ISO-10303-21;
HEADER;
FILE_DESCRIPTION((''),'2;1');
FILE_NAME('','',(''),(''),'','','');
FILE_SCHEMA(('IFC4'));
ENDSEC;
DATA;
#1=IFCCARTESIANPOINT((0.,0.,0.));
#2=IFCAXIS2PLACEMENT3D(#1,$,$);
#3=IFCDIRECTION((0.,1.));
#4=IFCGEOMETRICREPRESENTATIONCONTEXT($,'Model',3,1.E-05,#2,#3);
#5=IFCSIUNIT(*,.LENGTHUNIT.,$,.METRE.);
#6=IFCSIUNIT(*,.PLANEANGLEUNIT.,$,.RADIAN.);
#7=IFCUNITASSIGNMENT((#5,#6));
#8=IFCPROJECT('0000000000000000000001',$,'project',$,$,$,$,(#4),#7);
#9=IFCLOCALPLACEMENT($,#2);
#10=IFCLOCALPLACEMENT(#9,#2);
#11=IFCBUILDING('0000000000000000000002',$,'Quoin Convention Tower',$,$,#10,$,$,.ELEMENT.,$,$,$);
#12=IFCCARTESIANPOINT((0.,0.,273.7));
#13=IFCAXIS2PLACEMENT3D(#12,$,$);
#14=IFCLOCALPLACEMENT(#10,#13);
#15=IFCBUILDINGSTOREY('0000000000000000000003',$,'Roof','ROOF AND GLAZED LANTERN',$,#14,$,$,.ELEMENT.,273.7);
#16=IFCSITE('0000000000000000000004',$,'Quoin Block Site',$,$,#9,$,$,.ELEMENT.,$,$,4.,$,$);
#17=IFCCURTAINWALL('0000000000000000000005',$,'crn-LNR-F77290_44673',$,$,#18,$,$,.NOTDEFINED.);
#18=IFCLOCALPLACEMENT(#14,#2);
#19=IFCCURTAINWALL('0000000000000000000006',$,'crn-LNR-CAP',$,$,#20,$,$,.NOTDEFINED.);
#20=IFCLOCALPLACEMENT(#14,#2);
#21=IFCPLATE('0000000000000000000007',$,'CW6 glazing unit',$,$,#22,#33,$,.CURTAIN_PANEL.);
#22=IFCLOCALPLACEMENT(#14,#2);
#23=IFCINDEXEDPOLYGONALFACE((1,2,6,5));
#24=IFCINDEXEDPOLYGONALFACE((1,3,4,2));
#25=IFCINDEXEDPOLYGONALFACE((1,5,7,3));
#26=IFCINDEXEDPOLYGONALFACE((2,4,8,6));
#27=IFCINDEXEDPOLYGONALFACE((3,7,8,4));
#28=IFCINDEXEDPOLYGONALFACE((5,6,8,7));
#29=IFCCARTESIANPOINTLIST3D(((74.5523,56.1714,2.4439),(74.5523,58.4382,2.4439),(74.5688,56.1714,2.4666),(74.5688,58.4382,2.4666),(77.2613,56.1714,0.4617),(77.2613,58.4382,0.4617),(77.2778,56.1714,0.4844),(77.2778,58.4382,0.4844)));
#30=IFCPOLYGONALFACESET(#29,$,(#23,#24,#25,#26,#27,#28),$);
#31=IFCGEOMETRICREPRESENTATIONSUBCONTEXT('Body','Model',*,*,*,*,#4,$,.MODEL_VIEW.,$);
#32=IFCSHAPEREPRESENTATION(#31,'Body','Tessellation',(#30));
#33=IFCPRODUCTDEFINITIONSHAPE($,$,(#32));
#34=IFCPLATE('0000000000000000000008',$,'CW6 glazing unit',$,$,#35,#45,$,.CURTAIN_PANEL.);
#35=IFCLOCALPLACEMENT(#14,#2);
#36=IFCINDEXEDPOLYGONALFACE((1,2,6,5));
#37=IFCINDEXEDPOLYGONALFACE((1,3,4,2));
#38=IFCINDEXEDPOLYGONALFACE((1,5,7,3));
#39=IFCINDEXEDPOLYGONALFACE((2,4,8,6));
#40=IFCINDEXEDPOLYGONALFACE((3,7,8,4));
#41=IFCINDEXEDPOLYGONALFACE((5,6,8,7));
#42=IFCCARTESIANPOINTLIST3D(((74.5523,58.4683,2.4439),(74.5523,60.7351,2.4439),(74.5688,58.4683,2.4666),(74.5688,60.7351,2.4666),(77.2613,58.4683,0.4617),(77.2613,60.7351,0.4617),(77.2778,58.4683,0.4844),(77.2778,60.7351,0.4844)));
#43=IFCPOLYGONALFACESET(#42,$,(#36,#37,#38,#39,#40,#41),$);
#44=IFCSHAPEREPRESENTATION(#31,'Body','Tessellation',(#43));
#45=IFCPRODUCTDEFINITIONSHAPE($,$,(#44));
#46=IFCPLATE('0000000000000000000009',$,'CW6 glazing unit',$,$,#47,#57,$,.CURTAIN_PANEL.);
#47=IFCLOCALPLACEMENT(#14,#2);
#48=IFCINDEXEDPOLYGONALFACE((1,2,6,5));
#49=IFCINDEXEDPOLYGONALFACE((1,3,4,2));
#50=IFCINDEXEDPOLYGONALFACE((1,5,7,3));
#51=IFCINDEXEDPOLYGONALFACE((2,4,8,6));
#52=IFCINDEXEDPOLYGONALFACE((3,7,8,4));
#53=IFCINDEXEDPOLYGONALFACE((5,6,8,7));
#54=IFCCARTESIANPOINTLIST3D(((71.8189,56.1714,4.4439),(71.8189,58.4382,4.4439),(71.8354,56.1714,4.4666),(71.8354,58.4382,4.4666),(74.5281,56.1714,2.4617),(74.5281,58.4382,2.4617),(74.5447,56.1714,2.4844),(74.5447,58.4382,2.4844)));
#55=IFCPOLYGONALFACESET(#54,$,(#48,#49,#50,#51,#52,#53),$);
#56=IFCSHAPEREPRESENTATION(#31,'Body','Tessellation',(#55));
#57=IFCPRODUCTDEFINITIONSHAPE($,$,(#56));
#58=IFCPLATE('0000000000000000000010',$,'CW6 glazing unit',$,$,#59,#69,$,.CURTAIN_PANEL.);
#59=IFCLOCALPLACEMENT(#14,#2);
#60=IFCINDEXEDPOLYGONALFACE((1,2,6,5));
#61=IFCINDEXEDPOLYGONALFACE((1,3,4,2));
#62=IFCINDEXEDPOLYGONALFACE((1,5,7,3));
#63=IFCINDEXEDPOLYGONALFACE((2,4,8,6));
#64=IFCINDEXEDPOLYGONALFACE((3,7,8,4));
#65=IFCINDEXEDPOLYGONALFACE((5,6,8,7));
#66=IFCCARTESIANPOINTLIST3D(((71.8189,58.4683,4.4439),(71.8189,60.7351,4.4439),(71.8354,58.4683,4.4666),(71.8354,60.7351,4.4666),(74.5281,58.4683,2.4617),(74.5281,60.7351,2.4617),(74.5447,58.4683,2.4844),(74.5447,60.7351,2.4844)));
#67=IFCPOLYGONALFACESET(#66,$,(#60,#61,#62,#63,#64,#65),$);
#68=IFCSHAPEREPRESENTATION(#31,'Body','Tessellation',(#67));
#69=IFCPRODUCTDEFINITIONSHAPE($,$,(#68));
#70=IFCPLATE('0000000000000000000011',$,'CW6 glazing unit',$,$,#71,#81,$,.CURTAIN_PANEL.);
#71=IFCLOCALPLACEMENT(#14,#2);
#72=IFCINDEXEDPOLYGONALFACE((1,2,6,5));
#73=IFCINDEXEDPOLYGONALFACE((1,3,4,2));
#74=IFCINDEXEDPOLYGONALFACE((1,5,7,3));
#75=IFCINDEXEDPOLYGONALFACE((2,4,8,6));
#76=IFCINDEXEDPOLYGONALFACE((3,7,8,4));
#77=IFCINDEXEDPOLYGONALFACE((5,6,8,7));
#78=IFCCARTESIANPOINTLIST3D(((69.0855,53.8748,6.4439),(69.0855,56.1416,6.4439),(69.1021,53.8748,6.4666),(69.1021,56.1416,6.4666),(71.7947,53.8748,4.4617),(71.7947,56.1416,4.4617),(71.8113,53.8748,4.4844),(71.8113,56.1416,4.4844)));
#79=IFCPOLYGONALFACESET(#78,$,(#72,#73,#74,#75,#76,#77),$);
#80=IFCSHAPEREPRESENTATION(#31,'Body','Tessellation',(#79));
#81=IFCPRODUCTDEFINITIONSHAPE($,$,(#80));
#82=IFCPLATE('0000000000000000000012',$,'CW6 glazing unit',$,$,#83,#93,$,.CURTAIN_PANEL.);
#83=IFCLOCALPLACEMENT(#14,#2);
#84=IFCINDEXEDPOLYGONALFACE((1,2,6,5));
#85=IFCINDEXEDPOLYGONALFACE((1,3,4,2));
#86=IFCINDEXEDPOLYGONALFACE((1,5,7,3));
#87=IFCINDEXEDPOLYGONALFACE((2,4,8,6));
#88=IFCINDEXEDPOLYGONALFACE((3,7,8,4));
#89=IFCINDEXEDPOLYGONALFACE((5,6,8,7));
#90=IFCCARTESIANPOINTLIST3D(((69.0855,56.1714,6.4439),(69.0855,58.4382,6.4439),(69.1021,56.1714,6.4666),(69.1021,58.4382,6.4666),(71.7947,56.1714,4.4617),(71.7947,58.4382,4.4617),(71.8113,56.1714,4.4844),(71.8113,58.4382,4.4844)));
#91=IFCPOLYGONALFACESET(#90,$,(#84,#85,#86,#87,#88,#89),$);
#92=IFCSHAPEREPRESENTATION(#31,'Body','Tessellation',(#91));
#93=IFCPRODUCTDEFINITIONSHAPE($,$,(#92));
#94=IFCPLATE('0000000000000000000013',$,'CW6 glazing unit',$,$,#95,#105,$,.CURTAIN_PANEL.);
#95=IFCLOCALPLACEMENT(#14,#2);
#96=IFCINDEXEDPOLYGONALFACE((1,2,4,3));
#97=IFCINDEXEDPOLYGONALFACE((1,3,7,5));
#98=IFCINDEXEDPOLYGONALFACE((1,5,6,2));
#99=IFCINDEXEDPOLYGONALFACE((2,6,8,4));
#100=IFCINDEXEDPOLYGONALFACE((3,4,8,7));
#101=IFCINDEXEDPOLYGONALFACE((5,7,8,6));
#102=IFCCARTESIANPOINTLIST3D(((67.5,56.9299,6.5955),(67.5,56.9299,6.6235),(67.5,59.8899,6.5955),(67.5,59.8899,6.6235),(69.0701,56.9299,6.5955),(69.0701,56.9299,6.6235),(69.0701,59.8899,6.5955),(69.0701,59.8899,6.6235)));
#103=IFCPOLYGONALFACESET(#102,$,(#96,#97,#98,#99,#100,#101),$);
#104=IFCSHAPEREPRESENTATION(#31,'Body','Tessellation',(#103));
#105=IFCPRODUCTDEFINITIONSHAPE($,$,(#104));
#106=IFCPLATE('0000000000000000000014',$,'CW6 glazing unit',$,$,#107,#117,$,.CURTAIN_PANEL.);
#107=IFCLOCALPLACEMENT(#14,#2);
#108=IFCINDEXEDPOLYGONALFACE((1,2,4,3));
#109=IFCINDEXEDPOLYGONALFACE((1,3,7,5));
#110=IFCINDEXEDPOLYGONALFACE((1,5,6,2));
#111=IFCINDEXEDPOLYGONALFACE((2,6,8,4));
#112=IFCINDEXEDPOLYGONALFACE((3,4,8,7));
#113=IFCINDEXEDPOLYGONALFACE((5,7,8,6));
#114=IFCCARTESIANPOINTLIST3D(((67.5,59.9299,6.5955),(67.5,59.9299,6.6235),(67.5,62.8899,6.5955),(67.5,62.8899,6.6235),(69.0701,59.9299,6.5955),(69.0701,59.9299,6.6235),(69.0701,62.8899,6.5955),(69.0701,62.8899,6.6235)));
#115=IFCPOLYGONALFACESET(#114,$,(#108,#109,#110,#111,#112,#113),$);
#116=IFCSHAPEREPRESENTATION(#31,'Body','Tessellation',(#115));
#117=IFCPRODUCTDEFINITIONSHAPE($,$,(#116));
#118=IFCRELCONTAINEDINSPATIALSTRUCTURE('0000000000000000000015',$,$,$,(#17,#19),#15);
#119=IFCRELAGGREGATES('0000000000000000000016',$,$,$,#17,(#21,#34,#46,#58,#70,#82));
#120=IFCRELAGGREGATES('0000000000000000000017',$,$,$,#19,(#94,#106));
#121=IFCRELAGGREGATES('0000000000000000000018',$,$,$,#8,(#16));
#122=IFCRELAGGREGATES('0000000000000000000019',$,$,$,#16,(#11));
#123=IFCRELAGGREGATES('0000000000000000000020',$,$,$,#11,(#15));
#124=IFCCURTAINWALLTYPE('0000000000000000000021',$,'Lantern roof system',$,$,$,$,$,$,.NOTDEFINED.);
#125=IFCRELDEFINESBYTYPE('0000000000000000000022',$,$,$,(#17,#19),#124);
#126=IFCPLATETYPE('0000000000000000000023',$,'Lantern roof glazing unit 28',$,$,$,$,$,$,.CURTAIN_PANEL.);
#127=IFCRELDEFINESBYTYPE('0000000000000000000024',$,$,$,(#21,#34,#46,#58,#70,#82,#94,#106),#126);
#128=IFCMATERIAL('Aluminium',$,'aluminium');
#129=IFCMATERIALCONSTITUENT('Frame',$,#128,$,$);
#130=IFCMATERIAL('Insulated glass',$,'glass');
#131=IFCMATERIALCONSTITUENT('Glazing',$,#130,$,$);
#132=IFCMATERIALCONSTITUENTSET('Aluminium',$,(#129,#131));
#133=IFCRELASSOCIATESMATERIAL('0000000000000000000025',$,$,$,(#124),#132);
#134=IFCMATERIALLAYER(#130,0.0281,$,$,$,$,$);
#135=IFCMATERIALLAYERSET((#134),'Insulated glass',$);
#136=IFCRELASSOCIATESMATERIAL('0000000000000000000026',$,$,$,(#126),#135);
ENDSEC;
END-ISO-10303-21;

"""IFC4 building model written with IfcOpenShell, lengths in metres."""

from ifc_helpers import new_model, si_unit, direction, frame, origin, place, context, subcontext, project, spatial, polyline, outline, extrude, material, layer, layer_set, constituent, constituent_set, type_object, element, aggregate, save


model = new_model("IFC4")

# Units and contexts
model_context = context("Model", 3, precision=1e-05, world=origin(), true_north=direction((0.0, 1.0)))
body_context = subcontext(model_context, "Body", "Model", "MODEL_VIEW")
ifc_project = project(units=[si_unit("LENGTHUNIT", "METRE"), si_unit("PLANEANGLEUNIT", "RADIAN")], contexts=[model_context])

# Site, building, storey
site_placement = place(None, origin())
site = spatial("IfcSite", under=ifc_project, at=site_placement, Name="Quoin Block Site", CompositionType="ELEMENT", RefElevation=4.0)
building_placement = place(site_placement, origin())
building = spatial("IfcBuilding", under=site, at=building_placement, Name="Quoin Convention Tower", CompositionType="ELEMENT")
storey_placement = place(building_placement, frame((0.0, 0.0, 273.7)))
storey = spatial("IfcBuildingStorey", under=building, at=storey_placement, Name="Roof", Description="ROOF AND GLAZED LANTERN", CompositionType="ELEMENT", Elevation=273.7)

# Curtain wall
ifc_material_1 = material(Name="Aluminium", Category="aluminium")
ifc_constituent_1 = constituent(ifc_material_1, Name="Frame")
ifc_material_2 = material(Name="Insulated glass", Category="glass")
ifc_constituent_2 = constituent(ifc_material_2, Name="Glazing")
ifc_constituent_set = constituent_set(constituents=[ifc_constituent_1, ifc_constituent_2], Name="Aluminium")
curtain_wall_type = type_object("IfcCurtainWallType", Name="Lantern roof system", PredefinedType="NOTDEFINED", material=ifc_constituent_set)
curtain_wall_1_placement = place(storey_placement, origin())
curtain_wall_1 = element("IfcCurtainWall", 1, at=curtain_wall_1_placement, inside=storey, type_object=curtain_wall_type, Name="crn-LNR-F77290_44673", PredefinedType="NOTDEFINED")

# Curtain wall
curtain_wall_2_placement = place(storey_placement, origin())
curtain_wall_2 = element("IfcCurtainWall", 2, at=curtain_wall_2_placement, inside=storey, type_object=curtain_wall_type, Name="crn-LNR-CAP", PredefinedType="NOTDEFINED")

# Plates
ifc_layer = layer(ifc_material_2, 0.0281)
ifc_layer_set = layer_set([ifc_layer], Name="Insulated glass")
plate_type = type_object("IfcPlateType", Name="Lantern roof glazing unit 28", PredefinedType="CURTAIN_PANEL", material=ifc_layer_set)
plate_1_placement = place(storey_placement, frame((74.5688, 56.1714, 2.4666), z_axis=(0.590509, 0.0, 0.807031), x_axis=(0.0, 1.0, 0.0)))
plate_1 = element("IfcPlate", 3, at=plate_1_placement, type_object=plate_type, Name="CW6 glazing unit", PredefinedType="CURTAIN_PANEL", context=body_context, shape_type="SweptSolid", body=[
    extrude(outline(polyline([(0.0, 0.0), (2.2668, 0.0), (2.2668, -3.3567), (0.0, -3.3567), (0.0, 0.0)])), origin(), (0.0, 0.0, -1.0), 0.0281),
])
plate_2_placement = place(storey_placement, frame((74.5688, 58.4683, 2.4666), z_axis=(0.590509, 0.0, 0.807031), x_axis=(0.0, 1.0, 0.0)))
plate_2 = element("IfcPlate", 4, at=plate_2_placement, type_object=plate_type, Name="CW6 glazing unit", PredefinedType="CURTAIN_PANEL", context=body_context, shape_type="SweptSolid", body=[
    extrude(outline(polyline([(0.0, 0.0), (2.2668, 0.0), (2.2668, -3.3567), (0.0, -3.3567), (0.0, 0.0)])), origin(), (0.0, 0.0, -1.0), 0.0281),
])
plate_3_placement = place(storey_placement, frame((74.5447, 56.1714, 2.4844), z_axis=(0.590474, 0.0, 0.807057), x_axis=(-0.807057, 0.0, 0.590474)))
plate_3 = element("IfcPlate", 5, at=plate_3_placement, type_object=plate_type, Name="CW6 glazing unit", PredefinedType="CURTAIN_PANEL", context=body_context, shape_type="SweptSolid", body=[
    extrude(outline(polyline([(0.0, 0.0), (3.3569, 0.0), (3.3569, -2.2668), (0.0, -2.2668), (0.0, 0.0)])), origin(), (0.0, 0.0, -1.0), 0.0281),
])
plate_4_placement = place(storey_placement, frame((74.5447, 58.4683, 2.4844), z_axis=(0.590474, 0.0, 0.807057), x_axis=(-0.807057, 0.0, 0.590474)))
plate_4 = element("IfcPlate", 6, at=plate_4_placement, type_object=plate_type, Name="CW6 glazing unit", PredefinedType="CURTAIN_PANEL", context=body_context, shape_type="SweptSolid", body=[
    extrude(outline(polyline([(0.0, 0.0), (3.3569, 0.0), (3.3569, -2.2668), (0.0, -2.2668), (0.0, 0.0)])), origin(), (0.0, 0.0, -1.0), 0.0281),
])
plate_5_placement = place(storey_placement, frame((71.8113, 56.1416, 4.4844), z_axis=(0.590474, 0.0, 0.807057), x_axis=(0.0, -1.0, 0.0)))
plate_5 = element("IfcPlate", 7, at=plate_5_placement, type_object=plate_type, Name="CW6 glazing unit", PredefinedType="CURTAIN_PANEL", context=body_context, shape_type="SweptSolid", body=[
    extrude(outline(polyline([(0.0, 0.0), (2.2668, 0.0), (2.2668, -3.3569), (0.0, -3.3569), (0.0, 0.0)])), origin(), (0.0, 0.0, -1.0), 0.0281),
])
plate_6_placement = place(storey_placement, frame((71.8113, 58.4382, 4.4844), z_axis=(0.590474, 0.0, 0.807057), x_axis=(0.0, -1.0, 0.0)))
plate_6 = element("IfcPlate", 8, at=plate_6_placement, type_object=plate_type, Name="CW6 glazing unit", PredefinedType="CURTAIN_PANEL", context=body_context, shape_type="SweptSolid", body=[
    extrude(outline(polyline([(0.0, 0.0), (2.2668, 0.0), (2.2668, -3.3569), (0.0, -3.3569), (0.0, 0.0)])), origin(), (0.0, 0.0, -1.0), 0.0281),
])
aggregate(curtain_wall_1, [plate_1, plate_2, plate_3, plate_4, plate_5, plate_6])
plate_7_placement = place(storey_placement, frame((67.5, 56.9299, 6.6235), z_axis=(0.0, 0.0, 1.0), x_axis=(0.0, 1.0, 0.0)))
plate_7 = element("IfcPlate", 9, at=plate_7_placement, type_object=plate_type, Name="CW6 glazing unit", PredefinedType="CURTAIN_PANEL", context=body_context, shape_type="SweptSolid", body=[
    extrude(outline(polyline([(0.0, 0.0), (2.96, 0.0), (2.96, -1.5701), (0.0, -1.5701), (0.0, 0.0)])), origin(), (0.0, 0.0, -1.0), 0.0281),
])
plate_8_placement = place(storey_placement, frame((67.5, 59.9299, 6.6235), z_axis=(0.0, 0.0, 1.0), x_axis=(0.0, 1.0, 0.0)))
plate_8 = element("IfcPlate", 10, at=plate_8_placement, type_object=plate_type, Name="CW6 glazing unit", PredefinedType="CURTAIN_PANEL", context=body_context, shape_type="SweptSolid", body=[
    extrude(outline(polyline([(0.0, 0.0), (2.96, 0.0), (2.96, -1.5701), (0.0, -1.5701), (0.0, 0.0)])), origin(), (0.0, 0.0, -1.0), 0.0281),
])
aggregate(curtain_wall_2, [plate_7, plate_8])

save(model, "model.ifc")
